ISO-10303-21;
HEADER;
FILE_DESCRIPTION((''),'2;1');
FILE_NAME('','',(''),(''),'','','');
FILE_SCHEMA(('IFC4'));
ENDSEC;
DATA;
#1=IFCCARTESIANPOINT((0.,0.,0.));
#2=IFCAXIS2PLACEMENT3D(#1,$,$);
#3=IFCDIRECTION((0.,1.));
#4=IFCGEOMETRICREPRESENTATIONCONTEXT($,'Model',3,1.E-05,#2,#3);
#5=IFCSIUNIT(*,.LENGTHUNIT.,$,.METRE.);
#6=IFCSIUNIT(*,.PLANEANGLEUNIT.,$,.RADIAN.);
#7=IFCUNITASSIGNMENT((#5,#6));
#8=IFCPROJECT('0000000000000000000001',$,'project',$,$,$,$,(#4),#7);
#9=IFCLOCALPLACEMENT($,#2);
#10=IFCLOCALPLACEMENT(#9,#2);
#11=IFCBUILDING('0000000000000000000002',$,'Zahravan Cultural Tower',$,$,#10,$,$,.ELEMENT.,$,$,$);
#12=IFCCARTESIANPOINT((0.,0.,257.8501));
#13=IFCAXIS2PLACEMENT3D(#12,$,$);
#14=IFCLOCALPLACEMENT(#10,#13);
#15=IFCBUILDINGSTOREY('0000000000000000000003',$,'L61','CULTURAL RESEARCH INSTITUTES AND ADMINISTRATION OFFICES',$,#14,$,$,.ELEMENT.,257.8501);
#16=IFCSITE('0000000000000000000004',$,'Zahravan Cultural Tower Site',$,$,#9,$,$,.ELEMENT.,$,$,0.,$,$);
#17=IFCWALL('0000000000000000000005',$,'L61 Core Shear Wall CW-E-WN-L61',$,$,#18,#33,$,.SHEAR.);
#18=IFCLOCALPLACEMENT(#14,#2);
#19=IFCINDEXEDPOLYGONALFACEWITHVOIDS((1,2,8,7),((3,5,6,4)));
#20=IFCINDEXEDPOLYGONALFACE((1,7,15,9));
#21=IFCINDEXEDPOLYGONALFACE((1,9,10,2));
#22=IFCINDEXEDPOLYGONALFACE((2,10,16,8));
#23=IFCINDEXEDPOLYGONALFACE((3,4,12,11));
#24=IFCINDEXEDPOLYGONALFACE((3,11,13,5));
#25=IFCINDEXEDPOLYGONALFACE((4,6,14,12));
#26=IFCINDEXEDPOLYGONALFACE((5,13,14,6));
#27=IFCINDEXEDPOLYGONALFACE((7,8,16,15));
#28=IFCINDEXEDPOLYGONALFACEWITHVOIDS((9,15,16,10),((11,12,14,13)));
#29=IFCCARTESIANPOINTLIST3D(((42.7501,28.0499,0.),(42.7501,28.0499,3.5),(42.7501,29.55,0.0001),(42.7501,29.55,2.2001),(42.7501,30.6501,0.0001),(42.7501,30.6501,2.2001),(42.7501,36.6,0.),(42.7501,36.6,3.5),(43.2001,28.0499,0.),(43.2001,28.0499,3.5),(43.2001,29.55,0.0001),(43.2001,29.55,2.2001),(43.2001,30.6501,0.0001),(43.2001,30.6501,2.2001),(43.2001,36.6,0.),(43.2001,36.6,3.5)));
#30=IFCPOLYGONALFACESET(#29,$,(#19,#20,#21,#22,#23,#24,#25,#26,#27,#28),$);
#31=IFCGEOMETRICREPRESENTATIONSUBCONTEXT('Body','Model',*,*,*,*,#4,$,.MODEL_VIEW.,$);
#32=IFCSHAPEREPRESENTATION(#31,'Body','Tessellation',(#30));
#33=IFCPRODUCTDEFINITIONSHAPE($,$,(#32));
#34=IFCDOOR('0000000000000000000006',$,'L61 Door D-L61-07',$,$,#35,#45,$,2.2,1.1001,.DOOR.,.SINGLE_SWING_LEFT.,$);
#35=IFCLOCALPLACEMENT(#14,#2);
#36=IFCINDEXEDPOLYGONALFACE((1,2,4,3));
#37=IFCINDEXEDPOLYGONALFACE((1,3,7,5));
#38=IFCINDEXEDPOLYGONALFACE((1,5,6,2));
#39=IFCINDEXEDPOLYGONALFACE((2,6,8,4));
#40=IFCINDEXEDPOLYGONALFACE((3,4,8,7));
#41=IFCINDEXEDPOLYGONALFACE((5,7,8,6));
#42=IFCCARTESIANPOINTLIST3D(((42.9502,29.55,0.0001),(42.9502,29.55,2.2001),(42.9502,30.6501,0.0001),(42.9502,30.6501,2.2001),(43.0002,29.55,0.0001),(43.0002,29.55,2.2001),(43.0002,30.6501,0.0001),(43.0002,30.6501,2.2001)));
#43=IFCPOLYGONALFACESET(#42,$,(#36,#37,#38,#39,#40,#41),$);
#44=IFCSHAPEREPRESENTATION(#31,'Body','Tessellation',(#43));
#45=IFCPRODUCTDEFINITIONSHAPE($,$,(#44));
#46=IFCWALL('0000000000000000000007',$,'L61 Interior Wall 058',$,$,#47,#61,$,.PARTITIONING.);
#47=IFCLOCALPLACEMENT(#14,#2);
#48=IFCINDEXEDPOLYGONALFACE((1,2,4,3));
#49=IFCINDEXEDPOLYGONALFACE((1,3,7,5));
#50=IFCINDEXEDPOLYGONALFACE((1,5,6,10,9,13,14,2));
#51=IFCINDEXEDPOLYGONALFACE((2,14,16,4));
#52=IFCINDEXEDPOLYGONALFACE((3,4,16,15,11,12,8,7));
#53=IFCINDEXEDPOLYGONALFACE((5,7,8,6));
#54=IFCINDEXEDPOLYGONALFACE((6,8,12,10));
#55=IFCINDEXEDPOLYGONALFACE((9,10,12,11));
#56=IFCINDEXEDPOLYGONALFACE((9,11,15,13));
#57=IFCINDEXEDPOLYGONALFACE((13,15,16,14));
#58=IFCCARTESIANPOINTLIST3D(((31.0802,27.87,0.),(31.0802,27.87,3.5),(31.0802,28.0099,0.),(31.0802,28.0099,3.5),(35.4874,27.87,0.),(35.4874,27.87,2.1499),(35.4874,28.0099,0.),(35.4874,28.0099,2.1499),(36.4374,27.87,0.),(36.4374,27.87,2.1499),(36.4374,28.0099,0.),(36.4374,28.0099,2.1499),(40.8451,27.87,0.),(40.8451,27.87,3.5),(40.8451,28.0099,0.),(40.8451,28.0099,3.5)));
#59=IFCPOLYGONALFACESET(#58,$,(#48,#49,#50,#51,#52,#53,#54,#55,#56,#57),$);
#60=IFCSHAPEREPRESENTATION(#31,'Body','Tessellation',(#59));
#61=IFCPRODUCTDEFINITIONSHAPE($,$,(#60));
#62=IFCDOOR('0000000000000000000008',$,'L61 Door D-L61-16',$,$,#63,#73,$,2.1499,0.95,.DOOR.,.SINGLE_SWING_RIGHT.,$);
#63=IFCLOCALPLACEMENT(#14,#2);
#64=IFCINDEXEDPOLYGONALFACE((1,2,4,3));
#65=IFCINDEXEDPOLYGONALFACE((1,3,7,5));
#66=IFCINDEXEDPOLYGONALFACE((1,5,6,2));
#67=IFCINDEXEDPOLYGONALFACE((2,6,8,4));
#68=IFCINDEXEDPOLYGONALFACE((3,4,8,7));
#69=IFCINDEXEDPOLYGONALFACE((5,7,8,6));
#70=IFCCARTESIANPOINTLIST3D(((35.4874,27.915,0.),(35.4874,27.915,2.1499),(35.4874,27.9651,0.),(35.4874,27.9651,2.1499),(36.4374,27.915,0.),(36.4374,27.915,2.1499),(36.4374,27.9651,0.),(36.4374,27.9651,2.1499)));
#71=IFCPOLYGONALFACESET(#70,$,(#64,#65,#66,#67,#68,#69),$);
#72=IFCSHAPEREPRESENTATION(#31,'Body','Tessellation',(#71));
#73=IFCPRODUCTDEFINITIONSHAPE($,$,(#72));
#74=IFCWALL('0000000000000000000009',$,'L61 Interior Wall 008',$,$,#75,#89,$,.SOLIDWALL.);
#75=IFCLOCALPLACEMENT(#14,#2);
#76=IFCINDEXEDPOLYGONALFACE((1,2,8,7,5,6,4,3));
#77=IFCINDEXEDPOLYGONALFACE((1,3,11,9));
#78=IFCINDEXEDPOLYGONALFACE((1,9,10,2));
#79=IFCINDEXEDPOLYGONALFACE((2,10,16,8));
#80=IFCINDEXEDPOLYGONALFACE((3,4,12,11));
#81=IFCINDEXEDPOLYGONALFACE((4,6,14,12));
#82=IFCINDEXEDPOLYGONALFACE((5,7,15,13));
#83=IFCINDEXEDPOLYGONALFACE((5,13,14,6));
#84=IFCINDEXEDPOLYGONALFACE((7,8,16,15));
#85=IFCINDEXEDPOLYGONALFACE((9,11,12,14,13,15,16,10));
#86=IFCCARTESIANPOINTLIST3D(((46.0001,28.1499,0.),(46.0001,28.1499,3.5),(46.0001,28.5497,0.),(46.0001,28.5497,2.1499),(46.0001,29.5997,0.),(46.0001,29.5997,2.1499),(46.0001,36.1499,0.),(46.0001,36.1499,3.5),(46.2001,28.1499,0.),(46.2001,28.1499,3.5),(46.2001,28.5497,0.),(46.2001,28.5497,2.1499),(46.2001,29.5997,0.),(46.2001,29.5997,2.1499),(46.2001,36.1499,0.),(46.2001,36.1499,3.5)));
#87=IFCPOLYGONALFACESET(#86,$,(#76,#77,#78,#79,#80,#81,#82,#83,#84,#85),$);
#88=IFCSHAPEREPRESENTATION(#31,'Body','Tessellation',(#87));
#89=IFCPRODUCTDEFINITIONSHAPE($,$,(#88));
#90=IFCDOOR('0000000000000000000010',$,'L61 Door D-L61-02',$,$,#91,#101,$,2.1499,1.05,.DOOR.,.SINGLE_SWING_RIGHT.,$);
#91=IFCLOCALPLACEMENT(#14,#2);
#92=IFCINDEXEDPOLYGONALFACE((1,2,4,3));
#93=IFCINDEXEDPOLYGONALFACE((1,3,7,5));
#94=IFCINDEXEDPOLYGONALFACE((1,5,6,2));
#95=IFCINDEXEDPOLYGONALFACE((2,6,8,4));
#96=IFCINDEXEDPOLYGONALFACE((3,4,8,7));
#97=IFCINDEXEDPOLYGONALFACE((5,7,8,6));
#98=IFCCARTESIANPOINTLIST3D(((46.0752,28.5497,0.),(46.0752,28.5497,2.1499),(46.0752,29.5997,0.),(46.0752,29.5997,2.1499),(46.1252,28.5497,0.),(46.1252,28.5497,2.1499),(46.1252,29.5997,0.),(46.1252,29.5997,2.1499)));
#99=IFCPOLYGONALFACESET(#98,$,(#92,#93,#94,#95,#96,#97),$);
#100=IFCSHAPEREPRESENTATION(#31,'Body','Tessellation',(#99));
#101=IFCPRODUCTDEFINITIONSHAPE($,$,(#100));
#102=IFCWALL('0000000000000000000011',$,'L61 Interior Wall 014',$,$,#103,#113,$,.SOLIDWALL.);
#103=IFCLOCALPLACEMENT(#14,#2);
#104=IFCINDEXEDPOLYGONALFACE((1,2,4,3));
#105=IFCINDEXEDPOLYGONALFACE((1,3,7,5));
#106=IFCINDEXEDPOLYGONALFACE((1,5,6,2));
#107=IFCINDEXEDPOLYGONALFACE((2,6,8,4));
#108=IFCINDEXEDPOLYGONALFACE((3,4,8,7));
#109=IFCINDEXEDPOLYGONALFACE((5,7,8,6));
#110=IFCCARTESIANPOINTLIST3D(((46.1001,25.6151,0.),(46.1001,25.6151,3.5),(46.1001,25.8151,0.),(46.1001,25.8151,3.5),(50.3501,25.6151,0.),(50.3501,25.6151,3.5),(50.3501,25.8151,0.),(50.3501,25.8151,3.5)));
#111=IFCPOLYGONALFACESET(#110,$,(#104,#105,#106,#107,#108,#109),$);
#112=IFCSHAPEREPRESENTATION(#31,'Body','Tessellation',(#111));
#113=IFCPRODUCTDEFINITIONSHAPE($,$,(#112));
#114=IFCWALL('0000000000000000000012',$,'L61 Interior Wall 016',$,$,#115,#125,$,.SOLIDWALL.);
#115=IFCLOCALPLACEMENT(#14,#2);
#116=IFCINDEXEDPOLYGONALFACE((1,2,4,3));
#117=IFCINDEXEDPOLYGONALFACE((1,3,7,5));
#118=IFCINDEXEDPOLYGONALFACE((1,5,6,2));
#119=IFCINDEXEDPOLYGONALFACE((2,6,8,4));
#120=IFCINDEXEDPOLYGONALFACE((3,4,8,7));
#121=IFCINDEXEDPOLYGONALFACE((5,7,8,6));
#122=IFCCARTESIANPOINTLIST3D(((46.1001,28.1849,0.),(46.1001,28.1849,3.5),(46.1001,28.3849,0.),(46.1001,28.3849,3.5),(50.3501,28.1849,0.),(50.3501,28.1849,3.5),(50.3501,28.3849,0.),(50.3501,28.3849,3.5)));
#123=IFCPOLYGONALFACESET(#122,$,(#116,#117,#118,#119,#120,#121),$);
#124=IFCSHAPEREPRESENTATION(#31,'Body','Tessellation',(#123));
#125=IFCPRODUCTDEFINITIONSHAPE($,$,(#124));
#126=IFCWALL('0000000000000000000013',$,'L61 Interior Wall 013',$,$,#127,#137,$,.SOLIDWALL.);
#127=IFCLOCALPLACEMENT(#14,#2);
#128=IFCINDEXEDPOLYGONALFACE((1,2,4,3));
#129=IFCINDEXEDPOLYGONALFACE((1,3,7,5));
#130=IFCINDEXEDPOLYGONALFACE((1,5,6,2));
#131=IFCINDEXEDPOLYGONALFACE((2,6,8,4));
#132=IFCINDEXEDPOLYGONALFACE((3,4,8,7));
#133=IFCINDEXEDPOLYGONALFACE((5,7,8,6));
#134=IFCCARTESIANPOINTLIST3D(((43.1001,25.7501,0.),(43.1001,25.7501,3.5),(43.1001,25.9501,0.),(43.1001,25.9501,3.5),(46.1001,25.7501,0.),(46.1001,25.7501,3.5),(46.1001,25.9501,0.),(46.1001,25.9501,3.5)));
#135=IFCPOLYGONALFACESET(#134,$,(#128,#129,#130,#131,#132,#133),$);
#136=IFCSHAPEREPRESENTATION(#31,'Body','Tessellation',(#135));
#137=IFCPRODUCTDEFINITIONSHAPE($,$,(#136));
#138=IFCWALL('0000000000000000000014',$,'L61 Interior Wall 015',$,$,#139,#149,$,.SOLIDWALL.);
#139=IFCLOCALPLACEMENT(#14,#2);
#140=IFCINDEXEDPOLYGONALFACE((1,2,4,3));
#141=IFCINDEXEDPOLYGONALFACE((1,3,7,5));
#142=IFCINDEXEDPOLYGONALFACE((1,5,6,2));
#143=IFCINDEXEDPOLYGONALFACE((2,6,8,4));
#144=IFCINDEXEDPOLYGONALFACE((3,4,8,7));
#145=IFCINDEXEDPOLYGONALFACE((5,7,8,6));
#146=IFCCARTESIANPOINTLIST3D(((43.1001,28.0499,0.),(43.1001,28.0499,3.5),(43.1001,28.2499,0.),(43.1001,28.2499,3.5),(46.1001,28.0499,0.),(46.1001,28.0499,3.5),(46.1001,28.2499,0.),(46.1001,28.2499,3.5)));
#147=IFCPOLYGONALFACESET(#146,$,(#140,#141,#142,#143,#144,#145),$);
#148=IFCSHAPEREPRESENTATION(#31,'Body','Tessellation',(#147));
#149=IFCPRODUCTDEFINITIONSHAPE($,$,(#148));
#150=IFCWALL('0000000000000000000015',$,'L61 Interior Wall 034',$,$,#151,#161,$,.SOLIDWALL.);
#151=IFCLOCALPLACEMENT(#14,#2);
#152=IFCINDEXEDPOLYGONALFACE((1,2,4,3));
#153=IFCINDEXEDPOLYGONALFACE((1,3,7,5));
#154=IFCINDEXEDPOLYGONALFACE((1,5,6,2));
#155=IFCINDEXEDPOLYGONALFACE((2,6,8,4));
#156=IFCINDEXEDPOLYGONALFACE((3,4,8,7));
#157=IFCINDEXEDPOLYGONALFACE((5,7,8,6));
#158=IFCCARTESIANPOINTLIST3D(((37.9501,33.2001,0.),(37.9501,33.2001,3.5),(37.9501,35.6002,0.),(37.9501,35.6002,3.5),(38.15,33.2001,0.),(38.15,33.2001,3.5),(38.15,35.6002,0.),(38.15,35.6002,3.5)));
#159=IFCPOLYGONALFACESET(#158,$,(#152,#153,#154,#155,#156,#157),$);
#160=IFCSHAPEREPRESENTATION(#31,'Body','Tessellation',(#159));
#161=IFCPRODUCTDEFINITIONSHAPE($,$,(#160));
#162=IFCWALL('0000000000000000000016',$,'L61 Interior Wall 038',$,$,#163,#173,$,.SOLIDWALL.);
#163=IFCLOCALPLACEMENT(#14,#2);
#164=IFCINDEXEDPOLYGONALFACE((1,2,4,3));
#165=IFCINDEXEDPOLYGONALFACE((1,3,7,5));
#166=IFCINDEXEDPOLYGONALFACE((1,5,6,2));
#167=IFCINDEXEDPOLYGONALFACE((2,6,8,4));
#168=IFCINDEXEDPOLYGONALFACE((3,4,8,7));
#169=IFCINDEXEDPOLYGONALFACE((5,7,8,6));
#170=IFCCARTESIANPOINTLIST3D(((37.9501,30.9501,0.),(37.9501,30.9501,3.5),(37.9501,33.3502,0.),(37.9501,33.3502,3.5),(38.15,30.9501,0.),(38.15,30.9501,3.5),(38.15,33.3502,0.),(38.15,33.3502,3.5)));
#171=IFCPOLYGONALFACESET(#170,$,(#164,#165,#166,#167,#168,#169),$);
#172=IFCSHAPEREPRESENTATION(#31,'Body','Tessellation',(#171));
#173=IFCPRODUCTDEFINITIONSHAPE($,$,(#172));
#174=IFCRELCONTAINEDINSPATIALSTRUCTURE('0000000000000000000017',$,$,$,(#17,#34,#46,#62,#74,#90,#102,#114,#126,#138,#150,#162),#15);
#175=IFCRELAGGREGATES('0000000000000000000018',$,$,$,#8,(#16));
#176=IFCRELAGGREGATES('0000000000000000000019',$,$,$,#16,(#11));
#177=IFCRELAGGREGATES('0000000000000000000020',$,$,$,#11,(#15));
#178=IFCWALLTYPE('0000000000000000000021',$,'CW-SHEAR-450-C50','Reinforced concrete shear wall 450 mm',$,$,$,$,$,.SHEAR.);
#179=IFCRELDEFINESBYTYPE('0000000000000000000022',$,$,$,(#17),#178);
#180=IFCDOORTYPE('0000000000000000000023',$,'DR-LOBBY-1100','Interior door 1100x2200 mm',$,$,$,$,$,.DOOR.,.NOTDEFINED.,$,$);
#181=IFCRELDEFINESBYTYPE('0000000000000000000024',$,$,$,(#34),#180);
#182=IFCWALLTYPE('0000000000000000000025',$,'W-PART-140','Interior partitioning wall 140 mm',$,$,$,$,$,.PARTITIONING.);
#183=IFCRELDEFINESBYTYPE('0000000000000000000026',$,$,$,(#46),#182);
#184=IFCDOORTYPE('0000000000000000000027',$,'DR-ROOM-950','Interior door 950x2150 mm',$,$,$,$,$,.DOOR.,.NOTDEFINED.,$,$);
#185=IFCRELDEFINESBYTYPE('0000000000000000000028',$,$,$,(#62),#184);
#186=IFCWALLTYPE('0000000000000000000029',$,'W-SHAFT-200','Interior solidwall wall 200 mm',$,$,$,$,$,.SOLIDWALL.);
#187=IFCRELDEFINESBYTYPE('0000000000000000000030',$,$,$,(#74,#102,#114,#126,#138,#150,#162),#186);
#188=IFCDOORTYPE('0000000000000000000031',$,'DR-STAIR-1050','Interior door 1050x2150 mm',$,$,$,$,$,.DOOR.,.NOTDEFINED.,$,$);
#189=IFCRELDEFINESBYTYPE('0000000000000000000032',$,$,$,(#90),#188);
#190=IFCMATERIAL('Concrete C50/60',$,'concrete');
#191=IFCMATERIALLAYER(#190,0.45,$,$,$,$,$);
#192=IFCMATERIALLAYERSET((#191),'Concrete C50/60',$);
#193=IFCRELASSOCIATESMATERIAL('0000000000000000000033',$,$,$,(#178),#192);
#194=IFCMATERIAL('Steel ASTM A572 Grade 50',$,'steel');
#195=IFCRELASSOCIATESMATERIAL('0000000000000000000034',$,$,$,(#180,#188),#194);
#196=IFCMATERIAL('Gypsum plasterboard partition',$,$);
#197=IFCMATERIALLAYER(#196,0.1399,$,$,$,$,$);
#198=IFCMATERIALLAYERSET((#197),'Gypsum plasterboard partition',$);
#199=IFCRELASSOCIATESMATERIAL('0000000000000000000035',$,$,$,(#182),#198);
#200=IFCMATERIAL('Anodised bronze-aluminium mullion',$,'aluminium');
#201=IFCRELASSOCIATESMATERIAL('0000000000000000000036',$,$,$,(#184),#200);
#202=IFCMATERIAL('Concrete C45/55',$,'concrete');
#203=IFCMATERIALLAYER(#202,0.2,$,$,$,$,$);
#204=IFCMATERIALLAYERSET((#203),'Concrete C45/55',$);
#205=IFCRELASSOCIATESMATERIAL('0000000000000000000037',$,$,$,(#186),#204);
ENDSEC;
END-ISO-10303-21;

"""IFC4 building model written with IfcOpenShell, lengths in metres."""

from ifc_helpers import new_model, si_unit, direction, frame, frame_2d, origin, place, context, subcontext, project, spatial, rectangle, extrude, source, transform, mapped, material, layer, layer_set, type_object, element, fill, save


model = new_model("IFC4")

# Units and contexts
model_context = context("Model", 3, precision=1e-05, world=origin(), true_north=direction((0.0, 1.0)))
body_context = subcontext(model_context, "Body", "Model", "MODEL_VIEW")
ifc_project = project(units=[si_unit("LENGTHUNIT", "METRE"), si_unit("PLANEANGLEUNIT", "RADIAN")], contexts=[model_context])

# Site, building, storey
site_placement = place(None, origin())
site = spatial("IfcSite", under=ifc_project, at=site_placement, Name="Zahravan Cultural Tower Site", CompositionType="ELEMENT", RefElevation=0.0)
building_placement = place(site_placement, origin())
building = spatial("IfcBuilding", under=site, at=building_placement, Name="Zahravan Cultural Tower", CompositionType="ELEMENT")
storey_placement = place(building_placement, frame((0.0, 0.0, 257.8501)))
storey = spatial("IfcBuildingStorey", under=building, at=storey_placement, Name="L61", Description="CULTURAL RESEARCH INSTITUTES AND ADMINISTRATION OFFICES", CompositionType="ELEMENT", Elevation=257.8501)

# Walls, openings, doors
ifc_material_1 = material(Name="Concrete C50/60", Category="concrete")
ifc_layer_1 = layer(ifc_material_1, 0.45)
ifc_layer_set_1 = layer_set([ifc_layer_1], Name="Concrete C50/60")
wall_type_1 = type_object("IfcWallType", Name="CW-SHEAR-450-C50", Description="Reinforced concrete shear wall 450 mm", PredefinedType="SHEAR", material=ifc_layer_set_1)
wall_1_placement = place(storey_placement, frame((42.9751, 28.05, 0.0), z_axis=(0.0, 0.0, 1.0), x_axis=(0.0, 1.0, 0.0)))
wall_1 = element("IfcWall", 1, at=wall_1_placement, inside=storey, type_object=wall_type_1, Name="L61 Core Shear Wall CW-E-WN-L61", PredefinedType="SHEAR", context=body_context, shape_type="SweptSolid", body=[
    extrude(rectangle(XDim=8.55, YDim=0.45, at=frame_2d((4.2749, 0.0))), origin(), (0.0, 0.0, 1.0), 3.5),
])
opening_1_placement = place(wall_1_placement, frame((1.5, 0.0, 0.0)))
opening_1 = element("IfcOpeningElement", 2, at=opening_1_placement, cuts=wall_1, PredefinedType="OPENING", context=body_context, shape_type="SweptSolid", body=[
    extrude(rectangle(XDim=1.1001, YDim=2.2, at=frame_2d((0.55, 1.1001))), frame((0.0, 0.2349, 0.0), z_axis=(0.0, -1.0, 0.0), x_axis=(1.0, 0.0, 0.0)), (0.0, 0.0, 1.0), 0.47),
])
ifc_material_2 = material(Name="Steel ASTM A572 Grade 50", Category="steel")
door_type_1 = type_object("IfcDoorType", Name="DR-LOBBY-1100", Description="Interior door 1100x2200 mm", OperationType="NOTDEFINED", PredefinedType="DOOR", material=ifc_material_2)
shared_shape_1 = source(origin(), body_context, "Body", "SweptSolid", [
    extrude(rectangle(XDim=1.1001, YDim=2.2, at=frame_2d((0.55, 1.1001))), frame((0.0, 0.0249, 0.0), z_axis=(0.0, -1.0, 0.0), x_axis=(1.0, 0.0, 0.0)), (0.0, 0.0, 1.0), 0.05),
])
door_1_placement = place(opening_1_placement, origin())
door_1 = element("IfcDoor", 3, at=door_1_placement, inside=storey, type_object=door_type_1, Name="L61 Door D-L61-07", OperationType="SINGLE_SWING_LEFT", OverallHeight=2.2, OverallWidth=1.1001, PredefinedType="DOOR", context=body_context, shape_type="MappedRepresentation", body=[
    mapped(shared_shape_1, transform((0.0, 0.0, 0.0), x_axis=(1.0, 0.0, 0.0), y_axis=(0.0, 1.0, 0.0), z_axis=(0.0, 0.0, 1.0), scale=1.0)),
])
fill(opening_1, door_1)
ifc_material_3 = material(Name="Gypsum plasterboard partition")
ifc_layer_2 = layer(ifc_material_3, 0.1399)
ifc_layer_set_2 = layer_set([ifc_layer_2], Name="Gypsum plasterboard partition")
wall_type_2 = type_object("IfcWallType", Name="W-PART-140", Description="Interior partitioning wall 140 mm", PredefinedType="PARTITIONING", material=ifc_layer_set_2)
wall_2_placement = place(storey_placement, frame((40.845, 27.9399, 0.0), z_axis=(0.0, 0.0, 1.0), x_axis=(-1.0, 0.0, 0.0)))
wall_2 = element("IfcWall", 4, at=wall_2_placement, inside=storey, type_object=wall_type_2, Name="L61 Interior Wall 058", PredefinedType="PARTITIONING", context=body_context, shape_type="SweptSolid", body=[
    extrude(rectangle(XDim=9.7649, YDim=0.1399, at=frame_2d((4.8823, 0.0))), origin(), (0.0, 0.0, 1.0), 3.5),
])
opening_2_placement = place(wall_2_placement, frame((4.4075, 0.0, 0.0)))
opening_2 = element("IfcOpeningElement", 5, at=opening_2_placement, cuts=wall_2, PredefinedType="OPENING", context=body_context, shape_type="SweptSolid", body=[
    extrude(rectangle(XDim=0.95, YDim=2.1499, at=frame_2d((0.4751, 1.075))), frame((0.0, 0.0798, 0.0), z_axis=(0.0, -1.0, 0.0), x_axis=(1.0, 0.0, 0.0)), (0.0, 0.0, 1.0), 0.1599),
])
ifc_material_4 = material(Name="Anodised bronze-aluminium mullion", Category="aluminium")
door_type_2 = type_object("IfcDoorType", Name="DR-ROOM-950", Description="Interior door 950x2150 mm", OperationType="NOTDEFINED", PredefinedType="DOOR", material=ifc_material_4)
shared_shape_2 = source(origin(), body_context, "Body", "SweptSolid", [
    extrude(rectangle(XDim=0.95, YDim=2.1499, at=frame_2d((0.4751, 1.075))), frame((0.0, 0.0249, 0.0), z_axis=(0.0, -1.0, 0.0), x_axis=(1.0, 0.0, 0.0)), (0.0, 0.0, 1.0), 0.05),
])
door_2_placement = place(opening_2_placement, origin())
door_2 = element("IfcDoor", 6, at=door_2_placement, inside=storey, type_object=door_type_2, Name="L61 Door D-L61-16", OperationType="SINGLE_SWING_RIGHT", OverallHeight=2.1499, OverallWidth=0.95, PredefinedType="DOOR", context=body_context, shape_type="MappedRepresentation", body=[
    mapped(shared_shape_2, transform((0.0, 0.0, 0.0), x_axis=(1.0, 0.0, 0.0), y_axis=(0.0, 1.0, 0.0), z_axis=(0.0, 0.0, 1.0), scale=1.0)),
])
fill(opening_2, door_2)
ifc_material_5 = material(Name="Concrete C45/55", Category="concrete")
ifc_layer_3 = layer(ifc_material_5, 0.2)
ifc_layer_set_3 = layer_set([ifc_layer_3], Name="Concrete C45/55")
wall_type_3 = type_object("IfcWallType", Name="W-SHAFT-200", Description="Interior solidwall wall 200 mm", PredefinedType="SOLIDWALL", material=ifc_layer_set_3)
wall_3_placement = place(storey_placement, frame((46.1001, 28.1499, 0.0), z_axis=(0.0, 0.0, 1.0), x_axis=(0.0, 1.0, 0.0)))
wall_3 = element("IfcWall", 7, at=wall_3_placement, inside=storey, type_object=wall_type_3, Name="L61 Interior Wall 008", PredefinedType="SOLIDWALL", context=body_context, shape_type="SweptSolid", body=[
    extrude(rectangle(XDim=8.0, YDim=0.2, at=frame_2d((4.0, 0.0))), origin(), (0.0, 0.0, 1.0), 3.5),
])
opening_3_placement = place(wall_3_placement, frame((0.3999, 0.0, 0.0)))
opening_3 = element("IfcOpeningElement", 8, at=opening_3_placement, cuts=wall_3, PredefinedType="OPENING", context=body_context, shape_type="SweptSolid", body=[
    extrude(rectangle(XDim=1.05, YDim=2.1499, at=frame_2d((0.5249, 1.075))), frame((0.0, 0.1099, 0.0), z_axis=(0.0, -1.0, 0.0), x_axis=(1.0, 0.0, 0.0)), (0.0, 0.0, 1.0), 0.22),
])
door_type_3 = type_object("IfcDoorType", Name="DR-STAIR-1050", Description="Interior door 1050x2150 mm", OperationType="NOTDEFINED", PredefinedType="DOOR", material=ifc_material_2)
shared_shape_3 = source(origin(), body_context, "Body", "SweptSolid", [
    extrude(rectangle(XDim=1.05, YDim=2.1499, at=frame_2d((0.5249, 1.075))), frame((0.0, 0.0249, 0.0), z_axis=(0.0, -1.0, 0.0), x_axis=(1.0, 0.0, 0.0)), (0.0, 0.0, 1.0), 0.05),
])
door_3_placement = place(opening_3_placement, origin())
door_3 = element("IfcDoor", 9, at=door_3_placement, inside=storey, type_object=door_type_3, Name="L61 Door D-L61-02", OperationType="SINGLE_SWING_RIGHT", OverallHeight=2.1499, OverallWidth=1.05, PredefinedType="DOOR", context=body_context, shape_type="MappedRepresentation", body=[
    mapped(shared_shape_3, transform((0.0, 0.0, 0.0), x_axis=(1.0, 0.0, 0.0), y_axis=(0.0, 1.0, 0.0), z_axis=(0.0, 0.0, 1.0), scale=1.0)),
])
fill(opening_3, door_3)

# Walls
shared_shape_4 = source(origin(), body_context, "Body", "SweptSolid", [
    extrude(rectangle(XDim=4.25, YDim=0.2, at=frame_2d((2.125, 0.0))), origin(), (0.0, 0.0, 1.0), 3.5),
])
for number, where, z_axis, x_axis, name in (
    (10, (46.1001, 25.7151, 0.0), (0.0, 0.0, 1.0), (1.0, 0.0, 0.0), "L61 Interior Wall 014"),
    (11, (46.1001, 28.2849, 0.0), (0.0, 0.0, 1.0), (1.0, 0.0, 0.0), "L61 Interior Wall 016"),
):
    element("IfcWall", number, at=place(storey_placement, frame(where, z_axis=z_axis, x_axis=x_axis)), inside=storey, type_object=wall_type_3, Name=name, PredefinedType="SOLIDWALL", context=body_context, shape_type="MappedRepresentation", body=[
        mapped(shared_shape_4, transform((0.0, 0.0, 0.0), x_axis=(1.0, 0.0, 0.0), y_axis=(0.0, 1.0, 0.0), z_axis=(0.0, 0.0, 1.0), scale=1.0)),
    ])
shared_shape_5 = source(origin(), body_context, "Body", "SweptSolid", [
    extrude(rectangle(XDim=3.0, YDim=0.2, at=frame_2d((1.5, 0.0))), origin(), (0.0, 0.0, 1.0), 3.5),
])
for number, where, z_axis, x_axis, name in (
    (12, (43.1001, 25.8501, 0.0), (0.0, 0.0, 1.0), (1.0, 0.0, 0.0), "L61 Interior Wall 013"),
    (13, (43.1001, 28.1499, 0.0), (0.0, 0.0, 1.0), (1.0, 0.0, 0.0), "L61 Interior Wall 015"),
):
    element("IfcWall", number, at=place(storey_placement, frame(where, z_axis=z_axis, x_axis=x_axis)), inside=storey, type_object=wall_type_3, Name=name, PredefinedType="SOLIDWALL", context=body_context, shape_type="MappedRepresentation", body=[
        mapped(shared_shape_5, transform((0.0, 0.0, 0.0), x_axis=(1.0, 0.0, 0.0), y_axis=(0.0, 1.0, 0.0), z_axis=(0.0, 0.0, 1.0), scale=1.0)),
    ])
shared_shape_6 = source(origin(), body_context, "Body", "SweptSolid", [
    extrude(rectangle(XDim=2.4001, YDim=0.2, at=frame_2d((1.2002, 0.0))), origin(), (0.0, 0.0, 1.0), 3.5),
])
for number, where, z_axis, x_axis, name in (
    (14, (38.05, 33.2, 0.0), (0.0, 0.0, 1.0), (0.0, 1.0, 0.0), "L61 Interior Wall 034"),
    (15, (38.05, 30.95, 0.0), (0.0, 0.0, 1.0), (0.0, 1.0, 0.0), "L61 Interior Wall 038"),
):
    element("IfcWall", number, at=place(storey_placement, frame(where, z_axis=z_axis, x_axis=x_axis)), inside=storey, type_object=wall_type_3, Name=name, PredefinedType="SOLIDWALL", context=body_context, shape_type="MappedRepresentation", body=[
        mapped(shared_shape_6, transform((0.0, 0.0, 0.0), x_axis=(1.0, 0.0, 0.0), y_axis=(0.0, 1.0, 0.0), z_axis=(0.0, 0.0, 1.0), scale=1.0)),
    ])

save(model, "model.ifc")
